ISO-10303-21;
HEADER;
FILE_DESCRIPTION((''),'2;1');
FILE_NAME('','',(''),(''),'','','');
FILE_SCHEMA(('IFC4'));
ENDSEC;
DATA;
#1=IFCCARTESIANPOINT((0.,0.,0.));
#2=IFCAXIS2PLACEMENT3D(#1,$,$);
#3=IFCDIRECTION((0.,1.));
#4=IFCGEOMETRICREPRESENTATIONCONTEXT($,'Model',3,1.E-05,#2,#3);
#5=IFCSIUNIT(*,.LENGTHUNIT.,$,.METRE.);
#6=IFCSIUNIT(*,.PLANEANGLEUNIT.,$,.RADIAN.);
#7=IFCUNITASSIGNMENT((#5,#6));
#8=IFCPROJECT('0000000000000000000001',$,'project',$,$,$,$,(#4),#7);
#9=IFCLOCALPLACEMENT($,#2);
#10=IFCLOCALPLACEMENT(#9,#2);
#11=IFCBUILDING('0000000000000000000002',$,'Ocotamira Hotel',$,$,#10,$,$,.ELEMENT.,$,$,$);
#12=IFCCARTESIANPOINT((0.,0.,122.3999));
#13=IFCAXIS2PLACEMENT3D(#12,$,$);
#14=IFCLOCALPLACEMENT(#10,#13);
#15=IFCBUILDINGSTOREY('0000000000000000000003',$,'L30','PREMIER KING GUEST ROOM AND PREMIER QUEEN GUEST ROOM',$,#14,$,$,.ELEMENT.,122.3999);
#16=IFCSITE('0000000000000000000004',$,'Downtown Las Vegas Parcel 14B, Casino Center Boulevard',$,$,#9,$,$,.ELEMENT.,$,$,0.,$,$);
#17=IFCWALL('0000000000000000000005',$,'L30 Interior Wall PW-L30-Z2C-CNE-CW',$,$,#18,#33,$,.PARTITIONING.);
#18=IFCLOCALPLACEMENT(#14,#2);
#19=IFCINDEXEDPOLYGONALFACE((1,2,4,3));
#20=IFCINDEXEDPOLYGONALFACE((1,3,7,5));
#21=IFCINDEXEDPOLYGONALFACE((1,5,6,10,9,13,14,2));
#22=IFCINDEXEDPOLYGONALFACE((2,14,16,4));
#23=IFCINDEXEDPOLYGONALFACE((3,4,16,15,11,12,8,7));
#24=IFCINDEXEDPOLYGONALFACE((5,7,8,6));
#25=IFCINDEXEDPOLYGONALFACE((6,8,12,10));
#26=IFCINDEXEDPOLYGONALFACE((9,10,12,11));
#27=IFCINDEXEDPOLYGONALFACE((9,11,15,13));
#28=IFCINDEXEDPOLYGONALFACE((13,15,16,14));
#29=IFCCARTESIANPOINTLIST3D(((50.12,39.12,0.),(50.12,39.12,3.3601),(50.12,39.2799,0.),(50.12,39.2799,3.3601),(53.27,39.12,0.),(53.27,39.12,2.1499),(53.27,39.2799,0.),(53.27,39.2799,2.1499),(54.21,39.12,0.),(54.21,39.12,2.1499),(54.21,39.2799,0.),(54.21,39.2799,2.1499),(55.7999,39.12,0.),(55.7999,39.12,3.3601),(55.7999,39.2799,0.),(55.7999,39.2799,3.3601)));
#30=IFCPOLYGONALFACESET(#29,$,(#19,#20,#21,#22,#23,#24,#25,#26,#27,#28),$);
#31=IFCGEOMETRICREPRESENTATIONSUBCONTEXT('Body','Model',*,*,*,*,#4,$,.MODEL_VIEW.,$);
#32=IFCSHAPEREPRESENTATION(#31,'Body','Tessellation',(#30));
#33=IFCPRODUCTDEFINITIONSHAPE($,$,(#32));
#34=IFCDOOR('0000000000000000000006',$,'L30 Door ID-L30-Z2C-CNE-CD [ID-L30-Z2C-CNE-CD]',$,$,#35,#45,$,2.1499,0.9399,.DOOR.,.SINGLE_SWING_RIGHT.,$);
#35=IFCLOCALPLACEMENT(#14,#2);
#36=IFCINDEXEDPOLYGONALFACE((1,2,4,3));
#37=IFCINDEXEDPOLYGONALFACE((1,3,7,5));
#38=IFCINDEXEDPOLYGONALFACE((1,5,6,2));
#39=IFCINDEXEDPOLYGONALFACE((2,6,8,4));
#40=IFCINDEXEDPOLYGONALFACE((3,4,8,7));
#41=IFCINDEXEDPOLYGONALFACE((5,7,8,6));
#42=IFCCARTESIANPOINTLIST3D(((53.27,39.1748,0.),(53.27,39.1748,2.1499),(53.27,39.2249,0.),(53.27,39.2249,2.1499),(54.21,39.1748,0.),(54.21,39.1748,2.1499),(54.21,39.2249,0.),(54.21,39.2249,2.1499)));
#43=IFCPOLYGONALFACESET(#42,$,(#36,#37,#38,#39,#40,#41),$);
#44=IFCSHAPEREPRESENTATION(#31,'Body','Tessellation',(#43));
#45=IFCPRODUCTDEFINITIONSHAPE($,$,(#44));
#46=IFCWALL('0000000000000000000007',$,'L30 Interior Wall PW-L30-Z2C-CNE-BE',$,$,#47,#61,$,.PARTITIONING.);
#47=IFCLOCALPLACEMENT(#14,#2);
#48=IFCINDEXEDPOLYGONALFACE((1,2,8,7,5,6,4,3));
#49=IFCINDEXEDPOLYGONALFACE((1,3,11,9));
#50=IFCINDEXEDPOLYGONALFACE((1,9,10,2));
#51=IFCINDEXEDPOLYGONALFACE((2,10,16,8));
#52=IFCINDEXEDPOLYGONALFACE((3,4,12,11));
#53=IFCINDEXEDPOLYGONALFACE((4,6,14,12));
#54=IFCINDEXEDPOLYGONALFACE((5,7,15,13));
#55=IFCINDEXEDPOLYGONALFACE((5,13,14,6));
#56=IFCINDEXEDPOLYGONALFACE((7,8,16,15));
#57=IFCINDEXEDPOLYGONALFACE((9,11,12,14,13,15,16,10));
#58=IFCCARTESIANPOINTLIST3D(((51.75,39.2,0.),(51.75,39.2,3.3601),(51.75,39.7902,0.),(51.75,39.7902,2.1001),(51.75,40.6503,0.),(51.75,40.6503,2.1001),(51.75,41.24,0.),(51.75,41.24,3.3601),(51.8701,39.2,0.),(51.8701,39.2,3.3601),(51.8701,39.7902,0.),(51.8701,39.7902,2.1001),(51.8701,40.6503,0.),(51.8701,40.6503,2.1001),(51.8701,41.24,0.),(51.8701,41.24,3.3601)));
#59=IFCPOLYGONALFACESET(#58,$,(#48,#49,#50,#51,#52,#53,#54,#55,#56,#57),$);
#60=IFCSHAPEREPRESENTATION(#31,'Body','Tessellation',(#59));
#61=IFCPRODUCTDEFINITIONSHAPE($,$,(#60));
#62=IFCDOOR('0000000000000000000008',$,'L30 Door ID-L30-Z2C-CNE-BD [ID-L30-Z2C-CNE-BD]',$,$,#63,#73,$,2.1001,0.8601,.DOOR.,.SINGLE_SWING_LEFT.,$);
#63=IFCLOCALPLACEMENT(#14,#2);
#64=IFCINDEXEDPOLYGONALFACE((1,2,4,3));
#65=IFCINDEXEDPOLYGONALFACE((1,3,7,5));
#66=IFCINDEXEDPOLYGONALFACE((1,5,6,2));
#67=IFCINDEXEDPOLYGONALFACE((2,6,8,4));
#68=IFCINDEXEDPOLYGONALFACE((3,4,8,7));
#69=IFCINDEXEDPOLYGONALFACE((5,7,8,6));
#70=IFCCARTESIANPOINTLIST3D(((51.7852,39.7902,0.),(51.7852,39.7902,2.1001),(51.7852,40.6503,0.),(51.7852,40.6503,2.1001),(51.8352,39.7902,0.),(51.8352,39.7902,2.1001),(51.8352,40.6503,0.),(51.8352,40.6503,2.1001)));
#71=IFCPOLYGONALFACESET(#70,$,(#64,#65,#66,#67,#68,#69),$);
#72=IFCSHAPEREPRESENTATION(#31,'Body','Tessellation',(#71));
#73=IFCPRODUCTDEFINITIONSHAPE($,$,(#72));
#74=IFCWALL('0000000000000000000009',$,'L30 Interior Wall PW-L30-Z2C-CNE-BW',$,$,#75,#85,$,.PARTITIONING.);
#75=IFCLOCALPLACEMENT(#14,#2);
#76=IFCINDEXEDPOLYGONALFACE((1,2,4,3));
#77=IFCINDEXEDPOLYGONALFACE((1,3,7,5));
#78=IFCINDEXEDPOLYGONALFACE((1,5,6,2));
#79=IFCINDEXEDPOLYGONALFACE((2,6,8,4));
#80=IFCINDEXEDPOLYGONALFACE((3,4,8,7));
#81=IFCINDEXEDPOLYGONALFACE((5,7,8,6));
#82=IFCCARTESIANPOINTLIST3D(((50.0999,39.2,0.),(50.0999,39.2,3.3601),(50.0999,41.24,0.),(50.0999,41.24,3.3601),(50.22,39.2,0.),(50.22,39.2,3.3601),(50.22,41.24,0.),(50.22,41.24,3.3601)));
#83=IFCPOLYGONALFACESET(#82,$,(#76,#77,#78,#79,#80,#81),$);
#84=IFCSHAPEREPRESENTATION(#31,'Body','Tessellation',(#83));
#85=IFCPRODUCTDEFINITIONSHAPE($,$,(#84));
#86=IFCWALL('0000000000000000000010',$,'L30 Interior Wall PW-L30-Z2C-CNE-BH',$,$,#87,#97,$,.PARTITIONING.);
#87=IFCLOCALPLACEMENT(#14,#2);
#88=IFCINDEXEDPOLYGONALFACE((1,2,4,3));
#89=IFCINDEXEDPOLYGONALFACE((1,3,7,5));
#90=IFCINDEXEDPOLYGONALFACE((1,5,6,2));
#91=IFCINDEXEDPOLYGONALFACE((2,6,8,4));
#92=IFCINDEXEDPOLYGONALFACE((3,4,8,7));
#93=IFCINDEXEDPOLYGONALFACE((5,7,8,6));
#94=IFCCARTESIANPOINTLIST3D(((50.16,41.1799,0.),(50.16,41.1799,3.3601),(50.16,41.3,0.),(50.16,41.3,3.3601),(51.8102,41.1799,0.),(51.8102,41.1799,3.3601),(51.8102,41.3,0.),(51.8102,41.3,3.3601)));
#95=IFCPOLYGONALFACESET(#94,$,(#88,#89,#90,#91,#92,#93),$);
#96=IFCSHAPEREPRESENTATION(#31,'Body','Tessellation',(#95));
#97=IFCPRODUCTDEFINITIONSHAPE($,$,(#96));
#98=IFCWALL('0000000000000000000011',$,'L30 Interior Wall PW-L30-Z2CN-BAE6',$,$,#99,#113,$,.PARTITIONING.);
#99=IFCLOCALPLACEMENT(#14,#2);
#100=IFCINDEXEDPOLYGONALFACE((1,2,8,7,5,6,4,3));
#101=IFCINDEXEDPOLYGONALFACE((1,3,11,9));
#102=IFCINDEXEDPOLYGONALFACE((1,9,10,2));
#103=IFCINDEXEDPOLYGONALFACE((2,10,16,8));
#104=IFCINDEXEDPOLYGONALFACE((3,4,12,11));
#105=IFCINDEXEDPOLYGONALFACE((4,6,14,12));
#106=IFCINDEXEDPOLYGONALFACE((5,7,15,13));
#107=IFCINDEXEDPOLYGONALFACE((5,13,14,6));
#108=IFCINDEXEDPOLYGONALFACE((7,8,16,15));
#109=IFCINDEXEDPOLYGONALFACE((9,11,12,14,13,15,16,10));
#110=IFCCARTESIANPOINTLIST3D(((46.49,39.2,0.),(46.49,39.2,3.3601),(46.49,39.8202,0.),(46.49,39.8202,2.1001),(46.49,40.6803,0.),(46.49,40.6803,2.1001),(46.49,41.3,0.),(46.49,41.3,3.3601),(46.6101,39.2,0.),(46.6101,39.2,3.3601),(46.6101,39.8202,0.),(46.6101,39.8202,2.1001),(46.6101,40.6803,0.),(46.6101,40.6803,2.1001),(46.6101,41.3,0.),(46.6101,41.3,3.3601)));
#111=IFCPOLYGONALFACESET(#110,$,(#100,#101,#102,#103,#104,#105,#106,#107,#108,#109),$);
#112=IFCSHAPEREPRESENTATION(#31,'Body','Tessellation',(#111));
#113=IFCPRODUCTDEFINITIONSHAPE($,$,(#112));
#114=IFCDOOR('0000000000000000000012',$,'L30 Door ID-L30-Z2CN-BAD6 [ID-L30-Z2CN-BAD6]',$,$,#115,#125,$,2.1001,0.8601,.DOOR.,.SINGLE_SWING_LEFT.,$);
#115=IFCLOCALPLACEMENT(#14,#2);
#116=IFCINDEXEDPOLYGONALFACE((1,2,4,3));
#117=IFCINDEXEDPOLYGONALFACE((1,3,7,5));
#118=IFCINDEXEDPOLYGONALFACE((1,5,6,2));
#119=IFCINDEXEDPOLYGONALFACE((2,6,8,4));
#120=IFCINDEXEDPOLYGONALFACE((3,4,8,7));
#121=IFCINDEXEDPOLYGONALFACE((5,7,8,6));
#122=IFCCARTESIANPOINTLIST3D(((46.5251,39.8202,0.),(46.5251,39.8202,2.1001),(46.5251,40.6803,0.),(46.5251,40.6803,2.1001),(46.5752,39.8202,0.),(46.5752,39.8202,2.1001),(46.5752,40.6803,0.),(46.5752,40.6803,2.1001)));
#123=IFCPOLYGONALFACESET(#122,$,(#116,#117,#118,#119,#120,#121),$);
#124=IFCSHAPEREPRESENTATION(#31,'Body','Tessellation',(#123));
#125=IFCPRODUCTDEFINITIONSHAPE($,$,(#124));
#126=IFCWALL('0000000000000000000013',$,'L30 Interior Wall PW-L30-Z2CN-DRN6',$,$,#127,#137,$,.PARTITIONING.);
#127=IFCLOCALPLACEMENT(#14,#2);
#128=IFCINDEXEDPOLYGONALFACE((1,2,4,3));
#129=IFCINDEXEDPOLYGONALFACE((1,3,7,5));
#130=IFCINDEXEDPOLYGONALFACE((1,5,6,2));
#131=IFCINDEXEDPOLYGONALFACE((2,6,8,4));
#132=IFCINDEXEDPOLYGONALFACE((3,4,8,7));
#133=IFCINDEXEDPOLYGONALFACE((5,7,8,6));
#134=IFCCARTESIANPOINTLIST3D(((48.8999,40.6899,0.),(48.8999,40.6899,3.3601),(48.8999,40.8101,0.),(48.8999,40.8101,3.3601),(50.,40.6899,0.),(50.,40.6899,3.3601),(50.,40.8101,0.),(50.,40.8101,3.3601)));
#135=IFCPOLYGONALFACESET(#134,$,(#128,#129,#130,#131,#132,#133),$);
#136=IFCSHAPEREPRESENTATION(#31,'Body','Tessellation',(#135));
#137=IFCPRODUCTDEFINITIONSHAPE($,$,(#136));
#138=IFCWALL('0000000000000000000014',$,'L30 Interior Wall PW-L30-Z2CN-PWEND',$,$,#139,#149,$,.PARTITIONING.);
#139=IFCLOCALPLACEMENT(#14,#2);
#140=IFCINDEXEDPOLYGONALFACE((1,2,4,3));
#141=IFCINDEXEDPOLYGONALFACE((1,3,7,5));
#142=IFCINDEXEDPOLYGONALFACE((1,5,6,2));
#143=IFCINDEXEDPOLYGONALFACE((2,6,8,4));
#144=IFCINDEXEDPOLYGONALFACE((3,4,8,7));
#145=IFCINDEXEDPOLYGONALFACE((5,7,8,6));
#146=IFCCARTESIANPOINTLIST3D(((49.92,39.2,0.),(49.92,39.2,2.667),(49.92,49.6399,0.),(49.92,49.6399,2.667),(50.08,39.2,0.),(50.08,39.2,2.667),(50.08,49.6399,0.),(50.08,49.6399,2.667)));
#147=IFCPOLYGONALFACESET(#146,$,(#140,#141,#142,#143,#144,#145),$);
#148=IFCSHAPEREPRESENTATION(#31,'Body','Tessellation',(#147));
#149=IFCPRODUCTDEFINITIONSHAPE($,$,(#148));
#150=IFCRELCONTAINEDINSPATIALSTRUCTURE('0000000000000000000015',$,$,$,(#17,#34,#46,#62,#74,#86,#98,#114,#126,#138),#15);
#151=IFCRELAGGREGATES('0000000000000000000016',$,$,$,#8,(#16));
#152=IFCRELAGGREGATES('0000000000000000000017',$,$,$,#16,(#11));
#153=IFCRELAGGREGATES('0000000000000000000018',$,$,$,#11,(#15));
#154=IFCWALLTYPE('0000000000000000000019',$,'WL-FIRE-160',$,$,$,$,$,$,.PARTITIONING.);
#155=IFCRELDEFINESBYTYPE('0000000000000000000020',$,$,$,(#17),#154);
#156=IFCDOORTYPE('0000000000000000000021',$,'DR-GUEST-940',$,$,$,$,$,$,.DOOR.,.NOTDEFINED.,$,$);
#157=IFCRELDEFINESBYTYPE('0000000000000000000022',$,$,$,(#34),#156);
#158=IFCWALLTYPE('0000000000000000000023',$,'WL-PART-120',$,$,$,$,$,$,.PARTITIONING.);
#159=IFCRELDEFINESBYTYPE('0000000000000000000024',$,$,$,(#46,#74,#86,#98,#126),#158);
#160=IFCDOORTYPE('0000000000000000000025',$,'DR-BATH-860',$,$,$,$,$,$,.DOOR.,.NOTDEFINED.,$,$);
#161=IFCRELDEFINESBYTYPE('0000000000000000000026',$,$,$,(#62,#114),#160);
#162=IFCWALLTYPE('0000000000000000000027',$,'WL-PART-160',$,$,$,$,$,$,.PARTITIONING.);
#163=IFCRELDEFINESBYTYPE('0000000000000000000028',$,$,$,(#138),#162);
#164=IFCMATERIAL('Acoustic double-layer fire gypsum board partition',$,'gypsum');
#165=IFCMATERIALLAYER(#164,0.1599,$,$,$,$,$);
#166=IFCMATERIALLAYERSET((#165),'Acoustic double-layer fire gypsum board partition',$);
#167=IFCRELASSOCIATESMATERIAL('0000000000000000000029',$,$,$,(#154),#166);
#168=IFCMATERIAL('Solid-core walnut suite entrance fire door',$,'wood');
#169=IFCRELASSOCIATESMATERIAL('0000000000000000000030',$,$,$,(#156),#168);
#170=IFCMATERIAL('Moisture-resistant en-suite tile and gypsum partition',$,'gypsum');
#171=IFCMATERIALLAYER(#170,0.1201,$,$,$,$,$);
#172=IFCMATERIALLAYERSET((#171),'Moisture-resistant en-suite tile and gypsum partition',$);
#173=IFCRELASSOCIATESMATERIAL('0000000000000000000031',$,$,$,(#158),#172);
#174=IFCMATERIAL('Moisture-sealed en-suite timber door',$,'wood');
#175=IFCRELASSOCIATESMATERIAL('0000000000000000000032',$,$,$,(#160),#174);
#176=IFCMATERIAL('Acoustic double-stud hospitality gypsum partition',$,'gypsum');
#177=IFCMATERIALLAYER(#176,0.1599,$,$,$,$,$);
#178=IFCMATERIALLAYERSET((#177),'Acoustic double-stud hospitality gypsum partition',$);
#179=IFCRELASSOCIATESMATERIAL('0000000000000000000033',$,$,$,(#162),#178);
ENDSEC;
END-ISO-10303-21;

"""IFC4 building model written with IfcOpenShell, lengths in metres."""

from ifc_helpers import new_model, si_unit, direction, frame, frame_2d, origin, place, context, subcontext, project, spatial, rectangle, extrude, source, transform, mapped, material, layer, layer_set, type_object, element, fill, save


model = new_model("IFC4")

# Units and contexts
model_context = context("Model", 3, precision=1e-05, world=origin(), true_north=direction((0.0, 1.0)))
body_context = subcontext(model_context, "Body", "Model", "MODEL_VIEW")
ifc_project = project(units=[si_unit("LENGTHUNIT", "METRE"), si_unit("PLANEANGLEUNIT", "RADIAN")], contexts=[model_context])

# Site, building, storey
site_placement = place(None, origin())
site = spatial("IfcSite", under=ifc_project, at=site_placement, Name="Downtown Las Vegas Parcel 14B, Casino Center Boulevard", CompositionType="ELEMENT", RefElevation=0.0)
building_placement = place(site_placement, origin())
building = spatial("IfcBuilding", under=site, at=building_placement, Name="Ocotamira Hotel", CompositionType="ELEMENT")
storey_placement = place(building_placement, frame((0.0, 0.0, 122.3999)))
storey = spatial("IfcBuildingStorey", under=building, at=storey_placement, Name="L30", Description="PREMIER KING GUEST ROOM AND PREMIER QUEEN GUEST ROOM", CompositionType="ELEMENT", Elevation=122.3999)

# Walls, openings, doors
ifc_material_1 = material(Name="Acoustic double-layer fire gypsum board partition", Category="gypsum")
ifc_layer_1 = layer(ifc_material_1, 0.1599)
ifc_layer_set_1 = layer_set([ifc_layer_1], Name="Acoustic double-layer fire gypsum board partition")
wall_type_1 = type_object("IfcWallType", Name="WL-FIRE-160", PredefinedType="PARTITIONING", material=ifc_layer_set_1)
wall_1_placement = place(storey_placement, frame((50.1201, 39.2, 0.0), z_axis=(0.0, 0.0, 1.0), x_axis=(1.0, 0.0, 0.0)))
wall_1 = element("IfcWall", 1, at=wall_1_placement, inside=storey, type_object=wall_type_1, Name="L30 Interior Wall PW-L30-Z2C-CNE-CW", PredefinedType="PARTITIONING", context=body_context, shape_type="SweptSolid", body=[
    extrude(rectangle(XDim=5.6799, YDim=0.1599, at=frame_2d((2.8398, 0.0))), origin(), (0.0, 0.0, 1.0), 3.3601),
])
opening_1_placement = place(wall_1_placement, frame((3.1499, 0.0, 0.0)))
opening_1 = element("IfcOpeningElement", 2, at=opening_1_placement, cuts=wall_1, PredefinedType="OPENING", context=body_context, shape_type="SweptSolid", body=[
    extrude(rectangle(XDim=0.9399, YDim=2.1499, at=frame_2d((0.47, 1.075))), frame((0.0, 0.0898, 0.0), z_axis=(0.0, -1.0, 0.0), x_axis=(1.0, 0.0, 0.0)), (0.0, 0.0, 1.0), 0.1799),
])
ifc_material_2 = material(Name="Solid-core walnut suite entrance fire door", Category="wood")
door_type_1 = type_object("IfcDoorType", Name="DR-GUEST-940", OperationType="NOTDEFINED", PredefinedType="DOOR", material=ifc_material_2)
shared_shape_1 = source(origin(), body_context, "Body", "SweptSolid", [
    extrude(rectangle(XDim=0.9399, YDim=2.1499, at=frame_2d((0.47, 1.075))), frame((0.0, 0.0249, 0.0), z_axis=(0.0, -1.0, 0.0), x_axis=(1.0, 0.0, 0.0)), (0.0, 0.0, 1.0), 0.05),
])
door_1_placement = place(opening_1_placement, origin())
door_1 = element("IfcDoor", 3, at=door_1_placement, inside=storey, type_object=door_type_1, Name="L30 Door ID-L30-Z2C-CNE-CD [ID-L30-Z2C-CNE-CD]", OperationType="SINGLE_SWING_RIGHT", OverallHeight=2.1499, OverallWidth=0.9399, PredefinedType="DOOR", context=body_context, shape_type="MappedRepresentation", body=[
    mapped(shared_shape_1, transform((0.0, 0.0, 0.0), scale=1.0)),
])
fill(opening_1, door_1)
ifc_material_3 = material(Name="Moisture-resistant en-suite tile and gypsum partition", Category="gypsum")
ifc_layer_2 = layer(ifc_material_3, 0.1201)
ifc_layer_set_2 = layer_set([ifc_layer_2], Name="Moisture-resistant en-suite tile and gypsum partition")
wall_type_2 = type_object("IfcWallType", Name="WL-PART-120", PredefinedType="PARTITIONING", material=ifc_layer_set_2)
wall_2_placement = place(storey_placement, frame((51.8101, 39.2, 0.0), z_axis=(0.0, 0.0, 1.0), x_axis=(0.0, 1.0, 0.0)))
wall_2 = element("IfcWall", 4, at=wall_2_placement, inside=storey, type_object=wall_type_2, Name="L30 Interior Wall PW-L30-Z2C-CNE-BE", PredefinedType="PARTITIONING", context=body_context, shape_type="SweptSolid", body=[
    extrude(rectangle(XDim=2.04, YDim=0.1201, at=frame_2d((1.02, 0.0))), origin(), (0.0, 0.0, 1.0), 3.3601),
])
opening_2_placement = place(wall_2_placement, frame((0.5901, 0.0, 0.0)))
opening_2 = element("IfcOpeningElement", 5, at=opening_2_placement, cuts=wall_2, PredefinedType="OPENING", context=body_context, shape_type="SweptSolid", body=[
    extrude(rectangle(XDim=0.8601, YDim=2.1001, at=frame_2d((0.4302, 1.05))), frame((0.0, 0.0701, 0.0), z_axis=(0.0, -1.0, 0.0), x_axis=(1.0, 0.0, 0.0)), (0.0, 0.0, 1.0), 0.1401),
])
ifc_material_4 = material(Name="Moisture-sealed en-suite timber door", Category="wood")
door_type_2 = type_object("IfcDoorType", Name="DR-BATH-860", OperationType="NOTDEFINED", PredefinedType="DOOR", material=ifc_material_4)
shared_shape_2 = source(origin(), body_context, "Body", "SweptSolid", [
    extrude(rectangle(XDim=0.8601, YDim=2.1001, at=frame_2d((0.4302, 1.05))), frame((0.0, 0.0249, 0.0), z_axis=(0.0, -1.0, 0.0), x_axis=(1.0, 0.0, 0.0)), (0.0, 0.0, 1.0), 0.05),
])
door_2_placement = place(opening_2_placement, origin())
door_2 = element("IfcDoor", 6, at=door_2_placement, inside=storey, type_object=door_type_2, Name="L30 Door ID-L30-Z2C-CNE-BD [ID-L30-Z2C-CNE-BD]", OperationType="SINGLE_SWING_LEFT", OverallHeight=2.1001, OverallWidth=0.8601, PredefinedType="DOOR", context=body_context, shape_type="MappedRepresentation", body=[
    mapped(shared_shape_2, transform((0.0, 0.0, 0.0), scale=1.0)),
])
fill(opening_2, door_2)

# Walls
wall_3_placement = place(storey_placement, frame((50.1599, 39.2, 0.0), z_axis=(0.0, 0.0, 1.0), x_axis=(0.0, 1.0, 0.0)))
element("IfcWall", 7, at=wall_3_placement, inside=storey, type_object=wall_type_2, Name="L30 Interior Wall PW-L30-Z2C-CNE-BW", PredefinedType="PARTITIONING", context=body_context, shape_type="SweptSolid", body=[
    extrude(rectangle(XDim=2.04, YDim=0.1201, at=frame_2d((1.02, 0.0))), origin(), (0.0, 0.0, 1.0), 3.3601),
])
wall_4_placement = place(storey_placement, frame((50.1599, 41.24, 0.0), z_axis=(0.0, 0.0, 1.0), x_axis=(1.0, 0.0, 0.0)))
element("IfcWall", 8, at=wall_4_placement, inside=storey, type_object=wall_type_2, Name="L30 Interior Wall PW-L30-Z2C-CNE-BH", PredefinedType="PARTITIONING", context=body_context, shape_type="SweptSolid", body=[
    extrude(rectangle(XDim=1.6501, YDim=0.1201, at=frame_2d((0.8252, 0.0))), origin(), (0.0, 0.0, 1.0), 3.3601),
])

# Wall, opening, door
wall_5_placement = place(storey_placement, frame((46.55, 39.2, 0.0), z_axis=(0.0, 0.0, 1.0), x_axis=(0.0, 1.0, 0.0)))
wall_5 = element("IfcWall", 9, at=wall_5_placement, inside=storey, type_object=wall_type_2, Name="L30 Interior Wall PW-L30-Z2CN-BAE6", PredefinedType="PARTITIONING", context=body_context, shape_type="SweptSolid", body=[
    extrude(rectangle(XDim=2.1001, YDim=0.1201, at=frame_2d((1.05, 0.0))), origin(), (0.0, 0.0, 1.0), 3.3601),
])
opening_3_placement = place(wall_5_placement, frame((0.6201, 0.0, 0.0)))
opening_3 = element("IfcOpeningElement", 10, at=opening_3_placement, cuts=wall_5, PredefinedType="OPENING", context=body_context, shape_type="SweptSolid", body=[
    extrude(rectangle(XDim=0.8601, YDim=2.1001, at=frame_2d((0.4302, 1.05))), frame((0.0, 0.0701, 0.0), z_axis=(0.0, -1.0, 0.0), x_axis=(1.0, 0.0, 0.0)), (0.0, 0.0, 1.0), 0.1401),
])
door_3_placement = place(opening_3_placement, origin())
door_3 = element("IfcDoor", 11, at=door_3_placement, inside=storey, type_object=door_type_2, Name="L30 Door ID-L30-Z2CN-BAD6 [ID-L30-Z2CN-BAD6]", OperationType="SINGLE_SWING_LEFT", OverallHeight=2.1001, OverallWidth=0.8601, PredefinedType="DOOR", context=body_context, shape_type="MappedRepresentation", body=[
    mapped(shared_shape_2, transform((0.0, 0.0, 0.0), scale=1.0)),
])
fill(opening_3, door_3)

# Walls
wall_6_placement = place(storey_placement, frame((48.8999, 40.75, 0.0), z_axis=(0.0, 0.0, 1.0), x_axis=(1.0, 0.0, 0.0)))
element("IfcWall", 12, at=wall_6_placement, inside=storey, type_object=wall_type_2, Name="L30 Interior Wall PW-L30-Z2CN-DRN6", PredefinedType="PARTITIONING", context=body_context, shape_type="SweptSolid", body=[
    extrude(rectangle(XDim=1.1001, YDim=0.1201, at=frame_2d((0.55, 0.0))), origin(), (0.0, 0.0, 1.0), 3.3601),
])
ifc_material_5 = material(Name="Acoustic double-stud hospitality gypsum partition", Category="gypsum")
ifc_layer_3 = layer(ifc_material_5, 0.1599)
ifc_layer_set_3 = layer_set([ifc_layer_3], Name="Acoustic double-stud hospitality gypsum partition")
wall_type_3 = type_object("IfcWallType", Name="WL-PART-160", PredefinedType="PARTITIONING", material=ifc_layer_set_3)
wall_7_placement = place(storey_placement, frame((50.0, 39.2, 0.0), z_axis=(0.0, 0.0, 1.0), x_axis=(0.0, 1.0, 0.0)))
element("IfcWall", 13, at=wall_7_placement, inside=storey, type_object=wall_type_3, Name="L30 Interior Wall PW-L30-Z2CN-PWEND", PredefinedType="PARTITIONING", context=body_context, shape_type="SweptSolid", body=[
    extrude(rectangle(XDim=10.4399, YDim=0.1599, at=frame_2d((5.22, 0.0))), origin(), (0.0, 0.0, 1.0), 2.667),
])

save(model, "model.ifc")
